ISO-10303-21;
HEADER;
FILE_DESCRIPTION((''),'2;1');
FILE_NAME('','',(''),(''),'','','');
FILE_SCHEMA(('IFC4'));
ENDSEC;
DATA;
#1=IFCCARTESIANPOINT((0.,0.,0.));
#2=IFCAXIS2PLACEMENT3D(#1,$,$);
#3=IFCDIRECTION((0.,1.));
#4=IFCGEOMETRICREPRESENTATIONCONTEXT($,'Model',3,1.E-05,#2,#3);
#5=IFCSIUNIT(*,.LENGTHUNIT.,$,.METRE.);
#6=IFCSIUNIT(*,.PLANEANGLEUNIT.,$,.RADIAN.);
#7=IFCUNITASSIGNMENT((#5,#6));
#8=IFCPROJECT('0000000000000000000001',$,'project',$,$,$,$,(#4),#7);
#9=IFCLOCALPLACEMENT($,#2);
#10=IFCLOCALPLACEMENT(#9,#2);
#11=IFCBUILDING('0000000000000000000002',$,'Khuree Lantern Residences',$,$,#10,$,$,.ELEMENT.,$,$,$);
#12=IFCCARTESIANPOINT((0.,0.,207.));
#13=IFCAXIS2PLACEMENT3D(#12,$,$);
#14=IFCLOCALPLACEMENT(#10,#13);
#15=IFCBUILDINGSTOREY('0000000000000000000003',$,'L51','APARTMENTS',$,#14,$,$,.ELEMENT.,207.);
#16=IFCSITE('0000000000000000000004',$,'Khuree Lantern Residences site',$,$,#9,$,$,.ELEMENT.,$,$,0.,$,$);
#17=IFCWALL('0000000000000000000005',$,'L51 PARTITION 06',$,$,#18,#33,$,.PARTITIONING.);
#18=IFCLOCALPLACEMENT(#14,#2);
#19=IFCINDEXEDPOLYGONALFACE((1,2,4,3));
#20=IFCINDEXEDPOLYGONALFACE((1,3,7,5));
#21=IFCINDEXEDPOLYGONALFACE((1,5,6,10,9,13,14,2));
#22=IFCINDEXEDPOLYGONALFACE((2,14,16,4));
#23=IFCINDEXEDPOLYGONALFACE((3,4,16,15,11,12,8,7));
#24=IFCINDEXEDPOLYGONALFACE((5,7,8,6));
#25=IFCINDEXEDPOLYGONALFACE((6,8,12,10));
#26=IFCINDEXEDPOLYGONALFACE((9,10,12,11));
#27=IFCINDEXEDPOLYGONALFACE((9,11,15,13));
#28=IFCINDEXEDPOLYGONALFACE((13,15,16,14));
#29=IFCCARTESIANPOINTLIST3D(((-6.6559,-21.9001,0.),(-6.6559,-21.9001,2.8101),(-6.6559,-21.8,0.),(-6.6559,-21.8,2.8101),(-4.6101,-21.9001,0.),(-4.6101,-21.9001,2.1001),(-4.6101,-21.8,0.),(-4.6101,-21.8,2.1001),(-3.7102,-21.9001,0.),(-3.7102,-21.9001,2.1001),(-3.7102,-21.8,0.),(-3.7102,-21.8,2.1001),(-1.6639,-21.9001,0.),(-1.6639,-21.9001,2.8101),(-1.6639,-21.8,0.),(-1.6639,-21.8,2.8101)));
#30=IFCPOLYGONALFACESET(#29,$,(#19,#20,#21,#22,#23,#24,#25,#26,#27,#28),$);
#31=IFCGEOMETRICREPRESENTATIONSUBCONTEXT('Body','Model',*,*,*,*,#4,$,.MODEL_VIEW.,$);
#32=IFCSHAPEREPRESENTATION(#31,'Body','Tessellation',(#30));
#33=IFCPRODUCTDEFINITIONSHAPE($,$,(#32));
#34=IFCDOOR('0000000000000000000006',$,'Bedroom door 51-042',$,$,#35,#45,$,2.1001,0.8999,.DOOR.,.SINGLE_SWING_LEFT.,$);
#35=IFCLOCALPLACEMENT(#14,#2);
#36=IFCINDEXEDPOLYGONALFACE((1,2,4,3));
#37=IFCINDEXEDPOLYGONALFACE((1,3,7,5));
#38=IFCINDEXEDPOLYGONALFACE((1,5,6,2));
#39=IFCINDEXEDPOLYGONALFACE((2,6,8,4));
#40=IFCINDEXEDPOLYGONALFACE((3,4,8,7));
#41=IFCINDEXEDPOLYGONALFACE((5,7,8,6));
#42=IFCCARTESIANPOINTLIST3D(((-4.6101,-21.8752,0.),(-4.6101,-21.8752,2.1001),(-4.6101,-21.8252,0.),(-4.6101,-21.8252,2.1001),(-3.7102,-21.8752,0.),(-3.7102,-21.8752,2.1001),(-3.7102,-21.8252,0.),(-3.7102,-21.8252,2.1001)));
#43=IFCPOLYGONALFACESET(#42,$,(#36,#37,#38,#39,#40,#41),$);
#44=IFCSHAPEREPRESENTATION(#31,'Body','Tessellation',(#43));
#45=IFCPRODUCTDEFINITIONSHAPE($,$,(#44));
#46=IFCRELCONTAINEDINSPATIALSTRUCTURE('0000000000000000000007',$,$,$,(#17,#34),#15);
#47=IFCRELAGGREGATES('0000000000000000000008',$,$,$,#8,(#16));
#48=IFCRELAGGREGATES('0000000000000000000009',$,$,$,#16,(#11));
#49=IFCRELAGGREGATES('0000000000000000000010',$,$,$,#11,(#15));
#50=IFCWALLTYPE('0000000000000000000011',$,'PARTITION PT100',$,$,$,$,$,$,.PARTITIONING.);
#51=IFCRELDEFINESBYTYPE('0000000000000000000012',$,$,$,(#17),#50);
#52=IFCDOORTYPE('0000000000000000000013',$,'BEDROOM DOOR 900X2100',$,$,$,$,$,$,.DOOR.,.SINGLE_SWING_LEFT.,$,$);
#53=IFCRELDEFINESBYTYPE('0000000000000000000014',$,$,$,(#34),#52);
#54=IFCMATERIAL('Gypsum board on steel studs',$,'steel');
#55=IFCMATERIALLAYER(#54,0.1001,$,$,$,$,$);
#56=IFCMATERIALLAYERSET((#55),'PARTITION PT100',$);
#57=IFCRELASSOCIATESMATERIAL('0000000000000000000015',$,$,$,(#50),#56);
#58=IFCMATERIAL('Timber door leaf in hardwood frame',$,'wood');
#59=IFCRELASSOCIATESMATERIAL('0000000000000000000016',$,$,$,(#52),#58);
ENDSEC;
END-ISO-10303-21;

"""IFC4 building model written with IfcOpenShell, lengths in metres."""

from ifc_helpers import new_model, si_unit, direction, frame, frame_2d, origin, place, context, subcontext, project, spatial, rectangle, extrude, material, layer, layer_set, type_object, element, fill, save


model = new_model("IFC4")

# Units and contexts
model_context = context("Model", 3, precision=1e-05, world=origin(), true_north=direction((0.0, 1.0)))
body_context = subcontext(model_context, "Body", "Model", "MODEL_VIEW")
ifc_project = project(units=[si_unit("LENGTHUNIT", "METRE"), si_unit("PLANEANGLEUNIT", "RADIAN")], contexts=[model_context])

# Site, building, storey
site_placement = place(None, origin())
site = spatial("IfcSite", under=ifc_project, at=site_placement, Name="Khuree Lantern Residences site", CompositionType="ELEMENT", RefElevation=0.0)
building_placement = place(site_placement, origin())
building = spatial("IfcBuilding", under=site, at=building_placement, Name="Khuree Lantern Residences", CompositionType="ELEMENT")
storey_placement = place(building_placement, frame((0.0, 0.0, 207.0)))
storey = spatial("IfcBuildingStorey", under=building, at=storey_placement, Name="L51", Description="APARTMENTS", CompositionType="ELEMENT", Elevation=207.0)

# Shared definitions
ifc_material_1 = material(Name="Gypsum board on steel studs", Category="steel")
ifc_layer_1 = layer(ifc_material_1, 0.1001)
ifc_layer_set_1 = layer_set([ifc_layer_1], Name="PARTITION PT100")
wall_type = type_object("IfcWallType", Name="PARTITION PT100", PredefinedType="PARTITIONING", material=ifc_layer_set_1)

# Shared definitions
ifc_material_2 = material(Name="Timber door leaf in hardwood frame", Category="wood")
door_type_1 = type_object("IfcDoorType", Name="BEDROOM DOOR 900X2100", OperationType="SINGLE_SWING_LEFT", PredefinedType="DOOR", material=ifc_material_2)

# Wall, opening, door
wall_1_placement = place(storey_placement, frame((-6.656, -21.8501, 0.0), z_axis=(0.0, 0.0, 1.0), x_axis=(1.0, 0.0, 0.0)))
wall_1 = element("IfcWall", 1, at=wall_1_placement, inside=storey, type_object=wall_type, Name="L51 PARTITION 06", PredefinedType="PARTITIONING", context=body_context, shape_type="SweptSolid", body=[
    extrude(rectangle(XDim=4.9919, YDim=0.1001, at=frame_2d((2.4961, 0.0))), origin(), (0.0, 0.0, 1.0), 2.8101),
])
opening_1_placement = place(wall_1_placement, frame((2.0459, 0.0, 0.0)))
opening_1 = element("IfcOpeningElement", 2, at=opening_1_placement, cuts=wall_1, PredefinedType="OPENING", context=body_context, shape_type="SweptSolid", body=[
    extrude(rectangle(XDim=0.8999, YDim=2.1001, at=frame_2d((0.45, 1.05))), frame((0.0, 0.0601, 0.0), z_axis=(0.0, -1.0, 0.0), x_axis=(1.0, 0.0, 0.0)), (0.0, 0.0, 1.0), 0.1201),
])
door_1_placement = place(opening_1_placement, origin())
door_1 = element("IfcDoor", 3, at=door_1_placement, inside=storey, type_object=door_type_1, Name="Bedroom door 51-042", OperationType="SINGLE_SWING_LEFT", OverallHeight=2.1001, OverallWidth=0.8999, PredefinedType="DOOR", context=body_context, shape_type="SweptSolid", body=[
    extrude(rectangle(XDim=0.8999, YDim=2.1001, at=frame_2d((0.45, 1.05))), frame((0.0, 0.0249, 0.0), z_axis=(0.0, -1.0, 0.0), x_axis=(1.0, 0.0, 0.0)), (0.0, 0.0, 1.0), 0.05),
])
fill(opening_1, door_1)

save(model, "model.ifc")
